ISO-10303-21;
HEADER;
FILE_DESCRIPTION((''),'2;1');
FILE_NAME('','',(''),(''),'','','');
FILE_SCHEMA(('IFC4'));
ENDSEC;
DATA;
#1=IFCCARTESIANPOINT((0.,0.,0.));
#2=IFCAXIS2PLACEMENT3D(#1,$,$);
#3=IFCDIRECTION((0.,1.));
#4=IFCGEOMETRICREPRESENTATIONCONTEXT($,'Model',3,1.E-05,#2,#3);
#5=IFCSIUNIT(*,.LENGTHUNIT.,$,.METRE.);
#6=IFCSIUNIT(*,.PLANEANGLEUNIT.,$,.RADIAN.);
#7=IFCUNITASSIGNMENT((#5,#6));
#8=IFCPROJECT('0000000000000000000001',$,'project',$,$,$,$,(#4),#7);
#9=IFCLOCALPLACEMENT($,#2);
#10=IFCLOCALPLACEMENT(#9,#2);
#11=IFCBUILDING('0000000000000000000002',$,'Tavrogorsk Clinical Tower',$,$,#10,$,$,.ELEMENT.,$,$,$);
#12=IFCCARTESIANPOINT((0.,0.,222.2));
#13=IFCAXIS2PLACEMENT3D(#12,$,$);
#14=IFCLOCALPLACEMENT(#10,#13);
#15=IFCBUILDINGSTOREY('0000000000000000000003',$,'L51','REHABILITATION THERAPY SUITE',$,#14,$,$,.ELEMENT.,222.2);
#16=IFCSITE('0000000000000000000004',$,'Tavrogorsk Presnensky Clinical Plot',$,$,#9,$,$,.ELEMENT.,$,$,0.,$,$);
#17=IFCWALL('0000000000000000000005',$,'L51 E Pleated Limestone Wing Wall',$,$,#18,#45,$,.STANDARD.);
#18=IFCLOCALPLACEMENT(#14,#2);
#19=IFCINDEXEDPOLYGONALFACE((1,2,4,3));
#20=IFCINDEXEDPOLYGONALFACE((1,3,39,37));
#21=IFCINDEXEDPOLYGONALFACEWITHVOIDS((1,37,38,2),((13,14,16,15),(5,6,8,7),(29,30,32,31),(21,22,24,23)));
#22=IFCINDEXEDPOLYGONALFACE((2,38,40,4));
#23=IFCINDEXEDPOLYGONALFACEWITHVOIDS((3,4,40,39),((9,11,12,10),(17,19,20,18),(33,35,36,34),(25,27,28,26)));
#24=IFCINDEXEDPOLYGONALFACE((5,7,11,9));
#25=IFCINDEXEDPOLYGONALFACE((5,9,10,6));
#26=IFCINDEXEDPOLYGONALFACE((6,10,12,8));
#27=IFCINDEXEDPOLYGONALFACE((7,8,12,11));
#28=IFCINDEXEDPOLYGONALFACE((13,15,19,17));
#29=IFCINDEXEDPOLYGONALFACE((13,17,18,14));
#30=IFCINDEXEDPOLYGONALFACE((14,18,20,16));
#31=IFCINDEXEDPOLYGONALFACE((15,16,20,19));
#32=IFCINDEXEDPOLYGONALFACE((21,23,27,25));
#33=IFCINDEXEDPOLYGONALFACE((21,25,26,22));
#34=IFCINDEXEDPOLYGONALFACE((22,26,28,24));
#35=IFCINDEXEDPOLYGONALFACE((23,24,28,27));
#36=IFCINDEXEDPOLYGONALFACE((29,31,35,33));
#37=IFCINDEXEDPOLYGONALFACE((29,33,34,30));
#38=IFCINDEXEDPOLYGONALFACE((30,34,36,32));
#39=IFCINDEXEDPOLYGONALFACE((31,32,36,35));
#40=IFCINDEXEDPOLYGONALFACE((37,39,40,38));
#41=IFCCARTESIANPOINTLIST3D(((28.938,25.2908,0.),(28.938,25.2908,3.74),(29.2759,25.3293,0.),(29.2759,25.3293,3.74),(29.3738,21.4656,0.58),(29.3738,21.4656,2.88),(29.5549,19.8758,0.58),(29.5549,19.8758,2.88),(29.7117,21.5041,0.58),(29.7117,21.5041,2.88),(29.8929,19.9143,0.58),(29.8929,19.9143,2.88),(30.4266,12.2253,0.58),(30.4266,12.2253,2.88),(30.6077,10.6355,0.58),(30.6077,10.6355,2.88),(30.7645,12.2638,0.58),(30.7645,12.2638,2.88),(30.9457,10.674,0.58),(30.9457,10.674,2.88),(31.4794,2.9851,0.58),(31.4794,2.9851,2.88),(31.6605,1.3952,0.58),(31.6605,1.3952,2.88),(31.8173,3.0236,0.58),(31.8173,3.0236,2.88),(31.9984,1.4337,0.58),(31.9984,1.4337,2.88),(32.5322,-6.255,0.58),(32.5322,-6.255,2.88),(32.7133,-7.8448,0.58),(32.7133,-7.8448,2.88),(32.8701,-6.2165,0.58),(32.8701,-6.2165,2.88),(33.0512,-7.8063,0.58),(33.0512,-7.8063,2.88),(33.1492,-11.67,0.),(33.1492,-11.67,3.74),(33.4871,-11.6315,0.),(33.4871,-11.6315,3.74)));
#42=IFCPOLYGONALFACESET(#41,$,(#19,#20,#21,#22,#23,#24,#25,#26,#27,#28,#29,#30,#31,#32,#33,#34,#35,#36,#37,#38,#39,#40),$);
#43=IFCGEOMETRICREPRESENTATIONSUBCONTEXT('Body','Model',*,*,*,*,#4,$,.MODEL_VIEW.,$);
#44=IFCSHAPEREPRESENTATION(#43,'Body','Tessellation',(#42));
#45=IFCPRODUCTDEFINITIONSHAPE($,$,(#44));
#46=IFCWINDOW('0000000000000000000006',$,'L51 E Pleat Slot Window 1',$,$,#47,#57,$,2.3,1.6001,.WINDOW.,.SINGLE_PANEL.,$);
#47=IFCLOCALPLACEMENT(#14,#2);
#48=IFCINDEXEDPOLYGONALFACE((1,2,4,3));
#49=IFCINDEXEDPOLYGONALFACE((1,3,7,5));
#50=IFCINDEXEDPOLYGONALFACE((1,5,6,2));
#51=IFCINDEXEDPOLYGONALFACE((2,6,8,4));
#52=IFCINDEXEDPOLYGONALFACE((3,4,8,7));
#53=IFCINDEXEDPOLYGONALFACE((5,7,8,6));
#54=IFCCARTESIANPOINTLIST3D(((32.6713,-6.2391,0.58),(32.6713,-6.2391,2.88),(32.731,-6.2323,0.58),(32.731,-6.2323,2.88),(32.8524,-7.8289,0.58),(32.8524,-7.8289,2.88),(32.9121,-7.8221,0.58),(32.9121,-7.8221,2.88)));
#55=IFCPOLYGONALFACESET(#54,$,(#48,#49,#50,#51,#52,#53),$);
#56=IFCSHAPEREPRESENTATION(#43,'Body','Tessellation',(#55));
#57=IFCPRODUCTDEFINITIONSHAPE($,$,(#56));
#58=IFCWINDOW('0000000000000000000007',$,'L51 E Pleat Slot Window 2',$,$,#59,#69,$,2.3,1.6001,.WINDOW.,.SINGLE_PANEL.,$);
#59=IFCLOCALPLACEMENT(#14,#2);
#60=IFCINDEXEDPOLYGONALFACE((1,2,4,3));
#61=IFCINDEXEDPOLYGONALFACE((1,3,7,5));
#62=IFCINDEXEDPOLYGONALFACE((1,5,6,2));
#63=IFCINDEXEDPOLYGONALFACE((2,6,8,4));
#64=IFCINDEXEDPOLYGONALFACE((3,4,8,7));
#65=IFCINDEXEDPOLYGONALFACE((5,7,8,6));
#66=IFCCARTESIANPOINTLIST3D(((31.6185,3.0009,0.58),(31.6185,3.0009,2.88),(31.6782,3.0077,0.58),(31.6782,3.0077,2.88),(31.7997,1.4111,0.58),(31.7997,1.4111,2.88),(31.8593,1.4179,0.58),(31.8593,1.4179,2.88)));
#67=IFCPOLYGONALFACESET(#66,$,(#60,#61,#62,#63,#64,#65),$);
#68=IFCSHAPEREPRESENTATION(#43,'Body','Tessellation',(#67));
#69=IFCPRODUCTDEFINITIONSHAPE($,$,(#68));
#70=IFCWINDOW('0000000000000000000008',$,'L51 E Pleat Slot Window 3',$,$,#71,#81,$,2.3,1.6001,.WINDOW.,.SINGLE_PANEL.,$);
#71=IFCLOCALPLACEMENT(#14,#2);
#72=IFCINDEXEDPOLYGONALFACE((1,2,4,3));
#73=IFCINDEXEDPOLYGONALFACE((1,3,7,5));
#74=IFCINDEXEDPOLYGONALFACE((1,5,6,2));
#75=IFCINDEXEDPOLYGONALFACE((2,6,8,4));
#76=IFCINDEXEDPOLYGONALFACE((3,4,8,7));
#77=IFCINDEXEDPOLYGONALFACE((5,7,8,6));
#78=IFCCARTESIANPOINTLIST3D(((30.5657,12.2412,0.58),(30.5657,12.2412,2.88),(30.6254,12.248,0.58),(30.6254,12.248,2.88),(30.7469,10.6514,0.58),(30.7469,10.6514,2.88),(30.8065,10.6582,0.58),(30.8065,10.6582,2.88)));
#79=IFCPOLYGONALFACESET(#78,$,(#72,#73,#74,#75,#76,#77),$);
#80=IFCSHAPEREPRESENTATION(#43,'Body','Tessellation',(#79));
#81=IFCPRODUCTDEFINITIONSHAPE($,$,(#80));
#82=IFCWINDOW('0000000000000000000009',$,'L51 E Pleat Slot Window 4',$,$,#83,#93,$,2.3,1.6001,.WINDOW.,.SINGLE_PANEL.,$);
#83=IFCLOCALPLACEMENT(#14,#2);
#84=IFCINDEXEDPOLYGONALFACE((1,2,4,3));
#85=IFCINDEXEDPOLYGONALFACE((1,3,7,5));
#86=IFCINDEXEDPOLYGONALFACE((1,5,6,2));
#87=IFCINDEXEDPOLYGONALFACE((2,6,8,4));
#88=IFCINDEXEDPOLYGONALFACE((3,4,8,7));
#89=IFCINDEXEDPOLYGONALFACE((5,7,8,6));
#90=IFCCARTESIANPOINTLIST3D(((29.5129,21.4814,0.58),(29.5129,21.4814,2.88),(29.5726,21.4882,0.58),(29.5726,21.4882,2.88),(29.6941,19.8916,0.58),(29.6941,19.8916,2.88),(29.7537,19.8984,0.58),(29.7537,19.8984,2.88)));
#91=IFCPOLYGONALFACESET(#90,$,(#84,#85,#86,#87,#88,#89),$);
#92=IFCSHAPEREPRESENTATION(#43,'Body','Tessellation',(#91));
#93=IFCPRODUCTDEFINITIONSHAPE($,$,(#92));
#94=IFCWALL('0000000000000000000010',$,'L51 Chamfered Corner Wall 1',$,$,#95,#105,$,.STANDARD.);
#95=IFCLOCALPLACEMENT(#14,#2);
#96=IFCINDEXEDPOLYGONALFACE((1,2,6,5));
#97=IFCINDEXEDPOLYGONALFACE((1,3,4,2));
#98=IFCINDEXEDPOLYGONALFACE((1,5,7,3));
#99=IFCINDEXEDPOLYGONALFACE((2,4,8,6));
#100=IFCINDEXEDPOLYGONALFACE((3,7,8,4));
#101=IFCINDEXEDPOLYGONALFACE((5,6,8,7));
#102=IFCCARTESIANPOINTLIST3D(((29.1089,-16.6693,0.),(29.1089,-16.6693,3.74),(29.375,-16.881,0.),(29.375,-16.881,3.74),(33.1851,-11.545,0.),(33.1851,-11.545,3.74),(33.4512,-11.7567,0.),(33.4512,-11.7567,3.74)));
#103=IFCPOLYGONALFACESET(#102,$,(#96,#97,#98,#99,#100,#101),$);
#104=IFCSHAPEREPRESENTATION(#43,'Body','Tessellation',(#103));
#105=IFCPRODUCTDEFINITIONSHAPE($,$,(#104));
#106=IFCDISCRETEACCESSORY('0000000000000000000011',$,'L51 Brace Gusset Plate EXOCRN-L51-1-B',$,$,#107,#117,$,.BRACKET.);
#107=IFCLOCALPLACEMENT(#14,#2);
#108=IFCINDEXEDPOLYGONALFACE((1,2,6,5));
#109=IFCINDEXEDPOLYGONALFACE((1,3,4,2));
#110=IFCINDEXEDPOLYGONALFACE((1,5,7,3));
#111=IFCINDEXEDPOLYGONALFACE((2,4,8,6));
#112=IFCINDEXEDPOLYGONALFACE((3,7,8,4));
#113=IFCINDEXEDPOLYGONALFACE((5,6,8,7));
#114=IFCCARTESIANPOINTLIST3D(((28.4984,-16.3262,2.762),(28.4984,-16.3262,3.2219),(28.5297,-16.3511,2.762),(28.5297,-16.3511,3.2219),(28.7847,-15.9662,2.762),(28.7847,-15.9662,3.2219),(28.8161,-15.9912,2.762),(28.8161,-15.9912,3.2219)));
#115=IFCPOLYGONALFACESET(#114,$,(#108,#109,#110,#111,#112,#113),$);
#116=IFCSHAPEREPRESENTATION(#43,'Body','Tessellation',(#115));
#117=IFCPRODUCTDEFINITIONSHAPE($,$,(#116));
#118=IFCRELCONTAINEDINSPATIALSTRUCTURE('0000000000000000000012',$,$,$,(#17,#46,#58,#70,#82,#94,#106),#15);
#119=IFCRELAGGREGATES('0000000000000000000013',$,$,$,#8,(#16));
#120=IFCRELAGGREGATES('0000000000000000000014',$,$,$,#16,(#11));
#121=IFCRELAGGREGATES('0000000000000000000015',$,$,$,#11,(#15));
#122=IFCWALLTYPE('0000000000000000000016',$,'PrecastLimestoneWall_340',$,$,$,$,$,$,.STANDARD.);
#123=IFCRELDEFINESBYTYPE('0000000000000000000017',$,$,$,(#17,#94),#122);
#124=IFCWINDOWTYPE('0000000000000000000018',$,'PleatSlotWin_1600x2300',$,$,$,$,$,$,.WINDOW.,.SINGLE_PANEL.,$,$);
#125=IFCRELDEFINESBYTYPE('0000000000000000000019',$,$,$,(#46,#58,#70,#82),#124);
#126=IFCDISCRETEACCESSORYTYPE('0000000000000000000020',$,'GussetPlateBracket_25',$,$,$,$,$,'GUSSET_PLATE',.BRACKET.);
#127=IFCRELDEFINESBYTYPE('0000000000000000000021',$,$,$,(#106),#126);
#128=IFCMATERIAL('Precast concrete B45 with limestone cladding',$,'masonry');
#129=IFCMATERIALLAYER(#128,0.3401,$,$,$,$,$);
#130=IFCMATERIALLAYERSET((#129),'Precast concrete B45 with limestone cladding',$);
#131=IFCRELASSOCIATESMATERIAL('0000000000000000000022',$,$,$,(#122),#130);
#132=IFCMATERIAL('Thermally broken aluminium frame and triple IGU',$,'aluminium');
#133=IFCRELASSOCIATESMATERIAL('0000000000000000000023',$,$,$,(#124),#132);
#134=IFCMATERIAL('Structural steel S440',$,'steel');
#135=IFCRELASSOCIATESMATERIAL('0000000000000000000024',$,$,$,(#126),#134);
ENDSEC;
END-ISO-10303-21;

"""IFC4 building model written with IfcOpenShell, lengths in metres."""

from ifc_helpers import new_model, si_unit, direction, frame, frame_2d, origin, origin_2d, place, context, subcontext, project, spatial, rectangle, extrude, material, layer, layer_set, type_object, element, fill, save


model = new_model("IFC4")

# Units and contexts
model_context = context("Model", 3, precision=1e-05, world=origin(), true_north=direction((0.0, 1.0)))
body_context = subcontext(model_context, "Body", "Model", "MODEL_VIEW")
ifc_project = project(units=[si_unit("LENGTHUNIT", "METRE"), si_unit("PLANEANGLEUNIT", "RADIAN")], contexts=[model_context])

# Site, building, storey
site_placement = place(None, origin())
site = spatial("IfcSite", under=ifc_project, at=site_placement, Name="Tavrogorsk Presnensky Clinical Plot", CompositionType="ELEMENT", RefElevation=0.0)
building_placement = place(site_placement, origin())
building = spatial("IfcBuilding", under=site, at=building_placement, Name="Tavrogorsk Clinical Tower", CompositionType="ELEMENT")
storey_placement = place(building_placement, frame((0.0, 0.0, 222.2)))
storey = spatial("IfcBuildingStorey", under=building, at=storey_placement, Name="L51", Description="REHABILITATION THERAPY SUITE", CompositionType="ELEMENT", Elevation=222.2)

# Wall, openings, windows
ifc_material_1 = material(Name="Precast concrete B45 with limestone cladding", Category="masonry")
ifc_layer_1 = layer(ifc_material_1, 0.3401)
ifc_layer_set_1 = layer_set([ifc_layer_1], Name="Precast concrete B45 with limestone cladding")
wall_type_1 = type_object("IfcWallType", Name="PrecastLimestoneWall_340", PredefinedType="STANDARD", material=ifc_layer_set_1)
wall_1_placement = place(storey_placement, frame((33.3181, -11.6509, 0.0), z_axis=(0.0, 0.0, 1.0), x_axis=(-0.113204, 0.993572, 0.0)))
wall_1 = element("IfcWall", 1, at=wall_1_placement, inside=storey, type_object=wall_type_1, Name="L51 E Pleated Limestone Wing Wall", PredefinedType="STANDARD", context=body_context, shape_type="SweptSolid", body=[
    extrude(rectangle(XDim=37.2, YDim=0.3401, at=frame_2d((18.6001, 0.0))), origin(), (0.0, 0.0, 1.0), 3.74),
])
opening_1_placement = place(wall_1_placement, frame((3.8501, 0.0, 0.5801)))
opening_1 = element("IfcOpeningElement", 2, at=opening_1_placement, cuts=wall_1, PredefinedType="OPENING", context=body_context, shape_type="SweptSolid", body=[
    extrude(rectangle(XDim=1.6001, YDim=2.3, at=frame_2d((0.8, 1.1499))), frame((0.0, 0.1799, 0.0), z_axis=(0.0, -1.0, 0.0), x_axis=(1.0, 0.0, 0.0)), (0.0, 0.0, 1.0), 0.3601),
])
opening_2_placement = place(wall_1_placement, frame((13.1499, 0.0, 0.5801)))
opening_2 = element("IfcOpeningElement", 3, at=opening_2_placement, cuts=wall_1, PredefinedType="OPENING", context=body_context, shape_type="SweptSolid", body=[
    extrude(rectangle(XDim=1.6001, YDim=2.3, at=frame_2d((0.8, 1.1499))), frame((0.0, 0.1799, 0.0), z_axis=(0.0, -1.0, 0.0), x_axis=(1.0, 0.0, 0.0)), (0.0, 0.0, 1.0), 0.3601),
])
opening_3_placement = place(wall_1_placement, frame((22.45, 0.0, 0.5801)))
opening_3 = element("IfcOpeningElement", 4, at=opening_3_placement, cuts=wall_1, PredefinedType="OPENING", context=body_context, shape_type="SweptSolid", body=[
    extrude(rectangle(XDim=1.6001, YDim=2.3, at=frame_2d((0.8, 1.1499))), frame((0.0, 0.1799, 0.0), z_axis=(0.0, -1.0, 0.0), x_axis=(1.0, 0.0, 0.0)), (0.0, 0.0, 1.0), 0.3601),
])
opening_4_placement = place(wall_1_placement, frame((31.75, 0.0, 0.5801)))
opening_4 = element("IfcOpeningElement", 5, at=opening_4_placement, cuts=wall_1, PredefinedType="OPENING", context=body_context, shape_type="SweptSolid", body=[
    extrude(rectangle(XDim=1.6001, YDim=2.3, at=frame_2d((0.8, 1.1499))), frame((0.0, 0.1799, 0.0), z_axis=(0.0, -1.0, 0.0), x_axis=(1.0, 0.0, 0.0)), (0.0, 0.0, 1.0), 0.3601),
])
ifc_material_2 = material(Name="Thermally broken aluminium frame and triple IGU", Category="aluminium")
window_type = type_object("IfcWindowType", Name="PleatSlotWin_1600x2300", PartitioningType="SINGLE_PANEL", PredefinedType="WINDOW", material=ifc_material_2)
window_1_placement = place(opening_1_placement, origin())
window_1 = element("IfcWindow", 6, at=window_1_placement, inside=storey, type_object=window_type, Name="L51 E Pleat Slot Window 1", OverallHeight=2.3, OverallWidth=1.6001, PartitioningType="SINGLE_PANEL", PredefinedType="WINDOW", context=body_context, shape_type="SweptSolid", body=[
    extrude(rectangle(XDim=1.6001, YDim=2.3, at=frame_2d((0.8, 1.1499))), frame((0.0, 0.03, 0.0), z_axis=(0.0, -1.0, 0.0), x_axis=(1.0, 0.0, 0.0)), (0.0, 0.0, 1.0), 0.0601),
])
fill(opening_1, window_1)
window_2_placement = place(opening_2_placement, origin())
window_2 = element("IfcWindow", 7, at=window_2_placement, inside=storey, type_object=window_type, Name="L51 E Pleat Slot Window 2", OverallHeight=2.3, OverallWidth=1.6001, PartitioningType="SINGLE_PANEL", PredefinedType="WINDOW", context=body_context, shape_type="SweptSolid", body=[
    extrude(rectangle(XDim=1.6001, YDim=2.3, at=frame_2d((0.8, 1.1499))), frame((0.0, 0.03, 0.0), z_axis=(0.0, -1.0, 0.0), x_axis=(1.0, 0.0, 0.0)), (0.0, 0.0, 1.0), 0.0601),
])
fill(opening_2, window_2)
window_3_placement = place(opening_3_placement, origin())
window_3 = element("IfcWindow", 8, at=window_3_placement, inside=storey, type_object=window_type, Name="L51 E Pleat Slot Window 3", OverallHeight=2.3, OverallWidth=1.6001, PartitioningType="SINGLE_PANEL", PredefinedType="WINDOW", context=body_context, shape_type="SweptSolid", body=[
    extrude(rectangle(XDim=1.6001, YDim=2.3, at=frame_2d((0.8, 1.1499))), frame((0.0, 0.03, 0.0), z_axis=(0.0, -1.0, 0.0), x_axis=(1.0, 0.0, 0.0)), (0.0, 0.0, 1.0), 0.0601),
])
fill(opening_3, window_3)
window_4_placement = place(opening_4_placement, origin())
window_4 = element("IfcWindow", 9, at=window_4_placement, inside=storey, type_object=window_type, Name="L51 E Pleat Slot Window 4", OverallHeight=2.3, OverallWidth=1.6001, PartitioningType="SINGLE_PANEL", PredefinedType="WINDOW", context=body_context, shape_type="SweptSolid", body=[
    extrude(rectangle(XDim=1.6001, YDim=2.3, at=frame_2d((0.8, 1.1499))), frame((0.0, 0.03, 0.0), z_axis=(0.0, -1.0, 0.0), x_axis=(1.0, 0.0, 0.0)), (0.0, 0.0, 1.0), 0.0601),
])
fill(opening_4, window_4)

# Wall
wall_2_placement = place(storey_placement, frame((29.2419, -16.7751, 0.0), z_axis=(0.0, 0.0, 1.0), x_axis=(0.622528, 0.782597, 0.0)))
element("IfcWall", 10, at=wall_2_placement, inside=storey, type_object=wall_type_1, Name="L51 Chamfered Corner Wall 1", PredefinedType="STANDARD", context=body_context, shape_type="SweptSolid", body=[
    extrude(rectangle(XDim=6.5479, YDim=0.3401, at=frame_2d((3.2739, 0.0))), origin(), (0.0, 0.0, 1.0), 3.74),
])

# Discrete accessory
ifc_material_3 = material(Name="Structural steel S440", Category="steel")
discrete_accessory_type = type_object("IfcDiscreteAccessoryType", Name="GussetPlateBracket_25", ElementType="GUSSET_PLATE", PredefinedType="BRACKET", material=ifc_material_3)
discrete_accessory_placement = place(storey_placement, frame((28.6572, -16.1587, 2.762), z_axis=(0.0, 0.0, 1.0), x_axis=(-0.622515, -0.782608, 0.0)))
element("IfcDiscreteAccessory", 11, at=discrete_accessory_placement, inside=storey, type_object=discrete_accessory_type, Name="L51 Brace Gusset Plate EXOCRN-L51-1-B", PredefinedType="BRACKET", context=body_context, shape_type="SweptSolid", body=[
    extrude(rectangle(XDim=0.46, YDim=0.04, at=origin_2d()), origin(), (0.0, 0.0, 1.0), 0.46),
])

save(model, "model.ifc")
